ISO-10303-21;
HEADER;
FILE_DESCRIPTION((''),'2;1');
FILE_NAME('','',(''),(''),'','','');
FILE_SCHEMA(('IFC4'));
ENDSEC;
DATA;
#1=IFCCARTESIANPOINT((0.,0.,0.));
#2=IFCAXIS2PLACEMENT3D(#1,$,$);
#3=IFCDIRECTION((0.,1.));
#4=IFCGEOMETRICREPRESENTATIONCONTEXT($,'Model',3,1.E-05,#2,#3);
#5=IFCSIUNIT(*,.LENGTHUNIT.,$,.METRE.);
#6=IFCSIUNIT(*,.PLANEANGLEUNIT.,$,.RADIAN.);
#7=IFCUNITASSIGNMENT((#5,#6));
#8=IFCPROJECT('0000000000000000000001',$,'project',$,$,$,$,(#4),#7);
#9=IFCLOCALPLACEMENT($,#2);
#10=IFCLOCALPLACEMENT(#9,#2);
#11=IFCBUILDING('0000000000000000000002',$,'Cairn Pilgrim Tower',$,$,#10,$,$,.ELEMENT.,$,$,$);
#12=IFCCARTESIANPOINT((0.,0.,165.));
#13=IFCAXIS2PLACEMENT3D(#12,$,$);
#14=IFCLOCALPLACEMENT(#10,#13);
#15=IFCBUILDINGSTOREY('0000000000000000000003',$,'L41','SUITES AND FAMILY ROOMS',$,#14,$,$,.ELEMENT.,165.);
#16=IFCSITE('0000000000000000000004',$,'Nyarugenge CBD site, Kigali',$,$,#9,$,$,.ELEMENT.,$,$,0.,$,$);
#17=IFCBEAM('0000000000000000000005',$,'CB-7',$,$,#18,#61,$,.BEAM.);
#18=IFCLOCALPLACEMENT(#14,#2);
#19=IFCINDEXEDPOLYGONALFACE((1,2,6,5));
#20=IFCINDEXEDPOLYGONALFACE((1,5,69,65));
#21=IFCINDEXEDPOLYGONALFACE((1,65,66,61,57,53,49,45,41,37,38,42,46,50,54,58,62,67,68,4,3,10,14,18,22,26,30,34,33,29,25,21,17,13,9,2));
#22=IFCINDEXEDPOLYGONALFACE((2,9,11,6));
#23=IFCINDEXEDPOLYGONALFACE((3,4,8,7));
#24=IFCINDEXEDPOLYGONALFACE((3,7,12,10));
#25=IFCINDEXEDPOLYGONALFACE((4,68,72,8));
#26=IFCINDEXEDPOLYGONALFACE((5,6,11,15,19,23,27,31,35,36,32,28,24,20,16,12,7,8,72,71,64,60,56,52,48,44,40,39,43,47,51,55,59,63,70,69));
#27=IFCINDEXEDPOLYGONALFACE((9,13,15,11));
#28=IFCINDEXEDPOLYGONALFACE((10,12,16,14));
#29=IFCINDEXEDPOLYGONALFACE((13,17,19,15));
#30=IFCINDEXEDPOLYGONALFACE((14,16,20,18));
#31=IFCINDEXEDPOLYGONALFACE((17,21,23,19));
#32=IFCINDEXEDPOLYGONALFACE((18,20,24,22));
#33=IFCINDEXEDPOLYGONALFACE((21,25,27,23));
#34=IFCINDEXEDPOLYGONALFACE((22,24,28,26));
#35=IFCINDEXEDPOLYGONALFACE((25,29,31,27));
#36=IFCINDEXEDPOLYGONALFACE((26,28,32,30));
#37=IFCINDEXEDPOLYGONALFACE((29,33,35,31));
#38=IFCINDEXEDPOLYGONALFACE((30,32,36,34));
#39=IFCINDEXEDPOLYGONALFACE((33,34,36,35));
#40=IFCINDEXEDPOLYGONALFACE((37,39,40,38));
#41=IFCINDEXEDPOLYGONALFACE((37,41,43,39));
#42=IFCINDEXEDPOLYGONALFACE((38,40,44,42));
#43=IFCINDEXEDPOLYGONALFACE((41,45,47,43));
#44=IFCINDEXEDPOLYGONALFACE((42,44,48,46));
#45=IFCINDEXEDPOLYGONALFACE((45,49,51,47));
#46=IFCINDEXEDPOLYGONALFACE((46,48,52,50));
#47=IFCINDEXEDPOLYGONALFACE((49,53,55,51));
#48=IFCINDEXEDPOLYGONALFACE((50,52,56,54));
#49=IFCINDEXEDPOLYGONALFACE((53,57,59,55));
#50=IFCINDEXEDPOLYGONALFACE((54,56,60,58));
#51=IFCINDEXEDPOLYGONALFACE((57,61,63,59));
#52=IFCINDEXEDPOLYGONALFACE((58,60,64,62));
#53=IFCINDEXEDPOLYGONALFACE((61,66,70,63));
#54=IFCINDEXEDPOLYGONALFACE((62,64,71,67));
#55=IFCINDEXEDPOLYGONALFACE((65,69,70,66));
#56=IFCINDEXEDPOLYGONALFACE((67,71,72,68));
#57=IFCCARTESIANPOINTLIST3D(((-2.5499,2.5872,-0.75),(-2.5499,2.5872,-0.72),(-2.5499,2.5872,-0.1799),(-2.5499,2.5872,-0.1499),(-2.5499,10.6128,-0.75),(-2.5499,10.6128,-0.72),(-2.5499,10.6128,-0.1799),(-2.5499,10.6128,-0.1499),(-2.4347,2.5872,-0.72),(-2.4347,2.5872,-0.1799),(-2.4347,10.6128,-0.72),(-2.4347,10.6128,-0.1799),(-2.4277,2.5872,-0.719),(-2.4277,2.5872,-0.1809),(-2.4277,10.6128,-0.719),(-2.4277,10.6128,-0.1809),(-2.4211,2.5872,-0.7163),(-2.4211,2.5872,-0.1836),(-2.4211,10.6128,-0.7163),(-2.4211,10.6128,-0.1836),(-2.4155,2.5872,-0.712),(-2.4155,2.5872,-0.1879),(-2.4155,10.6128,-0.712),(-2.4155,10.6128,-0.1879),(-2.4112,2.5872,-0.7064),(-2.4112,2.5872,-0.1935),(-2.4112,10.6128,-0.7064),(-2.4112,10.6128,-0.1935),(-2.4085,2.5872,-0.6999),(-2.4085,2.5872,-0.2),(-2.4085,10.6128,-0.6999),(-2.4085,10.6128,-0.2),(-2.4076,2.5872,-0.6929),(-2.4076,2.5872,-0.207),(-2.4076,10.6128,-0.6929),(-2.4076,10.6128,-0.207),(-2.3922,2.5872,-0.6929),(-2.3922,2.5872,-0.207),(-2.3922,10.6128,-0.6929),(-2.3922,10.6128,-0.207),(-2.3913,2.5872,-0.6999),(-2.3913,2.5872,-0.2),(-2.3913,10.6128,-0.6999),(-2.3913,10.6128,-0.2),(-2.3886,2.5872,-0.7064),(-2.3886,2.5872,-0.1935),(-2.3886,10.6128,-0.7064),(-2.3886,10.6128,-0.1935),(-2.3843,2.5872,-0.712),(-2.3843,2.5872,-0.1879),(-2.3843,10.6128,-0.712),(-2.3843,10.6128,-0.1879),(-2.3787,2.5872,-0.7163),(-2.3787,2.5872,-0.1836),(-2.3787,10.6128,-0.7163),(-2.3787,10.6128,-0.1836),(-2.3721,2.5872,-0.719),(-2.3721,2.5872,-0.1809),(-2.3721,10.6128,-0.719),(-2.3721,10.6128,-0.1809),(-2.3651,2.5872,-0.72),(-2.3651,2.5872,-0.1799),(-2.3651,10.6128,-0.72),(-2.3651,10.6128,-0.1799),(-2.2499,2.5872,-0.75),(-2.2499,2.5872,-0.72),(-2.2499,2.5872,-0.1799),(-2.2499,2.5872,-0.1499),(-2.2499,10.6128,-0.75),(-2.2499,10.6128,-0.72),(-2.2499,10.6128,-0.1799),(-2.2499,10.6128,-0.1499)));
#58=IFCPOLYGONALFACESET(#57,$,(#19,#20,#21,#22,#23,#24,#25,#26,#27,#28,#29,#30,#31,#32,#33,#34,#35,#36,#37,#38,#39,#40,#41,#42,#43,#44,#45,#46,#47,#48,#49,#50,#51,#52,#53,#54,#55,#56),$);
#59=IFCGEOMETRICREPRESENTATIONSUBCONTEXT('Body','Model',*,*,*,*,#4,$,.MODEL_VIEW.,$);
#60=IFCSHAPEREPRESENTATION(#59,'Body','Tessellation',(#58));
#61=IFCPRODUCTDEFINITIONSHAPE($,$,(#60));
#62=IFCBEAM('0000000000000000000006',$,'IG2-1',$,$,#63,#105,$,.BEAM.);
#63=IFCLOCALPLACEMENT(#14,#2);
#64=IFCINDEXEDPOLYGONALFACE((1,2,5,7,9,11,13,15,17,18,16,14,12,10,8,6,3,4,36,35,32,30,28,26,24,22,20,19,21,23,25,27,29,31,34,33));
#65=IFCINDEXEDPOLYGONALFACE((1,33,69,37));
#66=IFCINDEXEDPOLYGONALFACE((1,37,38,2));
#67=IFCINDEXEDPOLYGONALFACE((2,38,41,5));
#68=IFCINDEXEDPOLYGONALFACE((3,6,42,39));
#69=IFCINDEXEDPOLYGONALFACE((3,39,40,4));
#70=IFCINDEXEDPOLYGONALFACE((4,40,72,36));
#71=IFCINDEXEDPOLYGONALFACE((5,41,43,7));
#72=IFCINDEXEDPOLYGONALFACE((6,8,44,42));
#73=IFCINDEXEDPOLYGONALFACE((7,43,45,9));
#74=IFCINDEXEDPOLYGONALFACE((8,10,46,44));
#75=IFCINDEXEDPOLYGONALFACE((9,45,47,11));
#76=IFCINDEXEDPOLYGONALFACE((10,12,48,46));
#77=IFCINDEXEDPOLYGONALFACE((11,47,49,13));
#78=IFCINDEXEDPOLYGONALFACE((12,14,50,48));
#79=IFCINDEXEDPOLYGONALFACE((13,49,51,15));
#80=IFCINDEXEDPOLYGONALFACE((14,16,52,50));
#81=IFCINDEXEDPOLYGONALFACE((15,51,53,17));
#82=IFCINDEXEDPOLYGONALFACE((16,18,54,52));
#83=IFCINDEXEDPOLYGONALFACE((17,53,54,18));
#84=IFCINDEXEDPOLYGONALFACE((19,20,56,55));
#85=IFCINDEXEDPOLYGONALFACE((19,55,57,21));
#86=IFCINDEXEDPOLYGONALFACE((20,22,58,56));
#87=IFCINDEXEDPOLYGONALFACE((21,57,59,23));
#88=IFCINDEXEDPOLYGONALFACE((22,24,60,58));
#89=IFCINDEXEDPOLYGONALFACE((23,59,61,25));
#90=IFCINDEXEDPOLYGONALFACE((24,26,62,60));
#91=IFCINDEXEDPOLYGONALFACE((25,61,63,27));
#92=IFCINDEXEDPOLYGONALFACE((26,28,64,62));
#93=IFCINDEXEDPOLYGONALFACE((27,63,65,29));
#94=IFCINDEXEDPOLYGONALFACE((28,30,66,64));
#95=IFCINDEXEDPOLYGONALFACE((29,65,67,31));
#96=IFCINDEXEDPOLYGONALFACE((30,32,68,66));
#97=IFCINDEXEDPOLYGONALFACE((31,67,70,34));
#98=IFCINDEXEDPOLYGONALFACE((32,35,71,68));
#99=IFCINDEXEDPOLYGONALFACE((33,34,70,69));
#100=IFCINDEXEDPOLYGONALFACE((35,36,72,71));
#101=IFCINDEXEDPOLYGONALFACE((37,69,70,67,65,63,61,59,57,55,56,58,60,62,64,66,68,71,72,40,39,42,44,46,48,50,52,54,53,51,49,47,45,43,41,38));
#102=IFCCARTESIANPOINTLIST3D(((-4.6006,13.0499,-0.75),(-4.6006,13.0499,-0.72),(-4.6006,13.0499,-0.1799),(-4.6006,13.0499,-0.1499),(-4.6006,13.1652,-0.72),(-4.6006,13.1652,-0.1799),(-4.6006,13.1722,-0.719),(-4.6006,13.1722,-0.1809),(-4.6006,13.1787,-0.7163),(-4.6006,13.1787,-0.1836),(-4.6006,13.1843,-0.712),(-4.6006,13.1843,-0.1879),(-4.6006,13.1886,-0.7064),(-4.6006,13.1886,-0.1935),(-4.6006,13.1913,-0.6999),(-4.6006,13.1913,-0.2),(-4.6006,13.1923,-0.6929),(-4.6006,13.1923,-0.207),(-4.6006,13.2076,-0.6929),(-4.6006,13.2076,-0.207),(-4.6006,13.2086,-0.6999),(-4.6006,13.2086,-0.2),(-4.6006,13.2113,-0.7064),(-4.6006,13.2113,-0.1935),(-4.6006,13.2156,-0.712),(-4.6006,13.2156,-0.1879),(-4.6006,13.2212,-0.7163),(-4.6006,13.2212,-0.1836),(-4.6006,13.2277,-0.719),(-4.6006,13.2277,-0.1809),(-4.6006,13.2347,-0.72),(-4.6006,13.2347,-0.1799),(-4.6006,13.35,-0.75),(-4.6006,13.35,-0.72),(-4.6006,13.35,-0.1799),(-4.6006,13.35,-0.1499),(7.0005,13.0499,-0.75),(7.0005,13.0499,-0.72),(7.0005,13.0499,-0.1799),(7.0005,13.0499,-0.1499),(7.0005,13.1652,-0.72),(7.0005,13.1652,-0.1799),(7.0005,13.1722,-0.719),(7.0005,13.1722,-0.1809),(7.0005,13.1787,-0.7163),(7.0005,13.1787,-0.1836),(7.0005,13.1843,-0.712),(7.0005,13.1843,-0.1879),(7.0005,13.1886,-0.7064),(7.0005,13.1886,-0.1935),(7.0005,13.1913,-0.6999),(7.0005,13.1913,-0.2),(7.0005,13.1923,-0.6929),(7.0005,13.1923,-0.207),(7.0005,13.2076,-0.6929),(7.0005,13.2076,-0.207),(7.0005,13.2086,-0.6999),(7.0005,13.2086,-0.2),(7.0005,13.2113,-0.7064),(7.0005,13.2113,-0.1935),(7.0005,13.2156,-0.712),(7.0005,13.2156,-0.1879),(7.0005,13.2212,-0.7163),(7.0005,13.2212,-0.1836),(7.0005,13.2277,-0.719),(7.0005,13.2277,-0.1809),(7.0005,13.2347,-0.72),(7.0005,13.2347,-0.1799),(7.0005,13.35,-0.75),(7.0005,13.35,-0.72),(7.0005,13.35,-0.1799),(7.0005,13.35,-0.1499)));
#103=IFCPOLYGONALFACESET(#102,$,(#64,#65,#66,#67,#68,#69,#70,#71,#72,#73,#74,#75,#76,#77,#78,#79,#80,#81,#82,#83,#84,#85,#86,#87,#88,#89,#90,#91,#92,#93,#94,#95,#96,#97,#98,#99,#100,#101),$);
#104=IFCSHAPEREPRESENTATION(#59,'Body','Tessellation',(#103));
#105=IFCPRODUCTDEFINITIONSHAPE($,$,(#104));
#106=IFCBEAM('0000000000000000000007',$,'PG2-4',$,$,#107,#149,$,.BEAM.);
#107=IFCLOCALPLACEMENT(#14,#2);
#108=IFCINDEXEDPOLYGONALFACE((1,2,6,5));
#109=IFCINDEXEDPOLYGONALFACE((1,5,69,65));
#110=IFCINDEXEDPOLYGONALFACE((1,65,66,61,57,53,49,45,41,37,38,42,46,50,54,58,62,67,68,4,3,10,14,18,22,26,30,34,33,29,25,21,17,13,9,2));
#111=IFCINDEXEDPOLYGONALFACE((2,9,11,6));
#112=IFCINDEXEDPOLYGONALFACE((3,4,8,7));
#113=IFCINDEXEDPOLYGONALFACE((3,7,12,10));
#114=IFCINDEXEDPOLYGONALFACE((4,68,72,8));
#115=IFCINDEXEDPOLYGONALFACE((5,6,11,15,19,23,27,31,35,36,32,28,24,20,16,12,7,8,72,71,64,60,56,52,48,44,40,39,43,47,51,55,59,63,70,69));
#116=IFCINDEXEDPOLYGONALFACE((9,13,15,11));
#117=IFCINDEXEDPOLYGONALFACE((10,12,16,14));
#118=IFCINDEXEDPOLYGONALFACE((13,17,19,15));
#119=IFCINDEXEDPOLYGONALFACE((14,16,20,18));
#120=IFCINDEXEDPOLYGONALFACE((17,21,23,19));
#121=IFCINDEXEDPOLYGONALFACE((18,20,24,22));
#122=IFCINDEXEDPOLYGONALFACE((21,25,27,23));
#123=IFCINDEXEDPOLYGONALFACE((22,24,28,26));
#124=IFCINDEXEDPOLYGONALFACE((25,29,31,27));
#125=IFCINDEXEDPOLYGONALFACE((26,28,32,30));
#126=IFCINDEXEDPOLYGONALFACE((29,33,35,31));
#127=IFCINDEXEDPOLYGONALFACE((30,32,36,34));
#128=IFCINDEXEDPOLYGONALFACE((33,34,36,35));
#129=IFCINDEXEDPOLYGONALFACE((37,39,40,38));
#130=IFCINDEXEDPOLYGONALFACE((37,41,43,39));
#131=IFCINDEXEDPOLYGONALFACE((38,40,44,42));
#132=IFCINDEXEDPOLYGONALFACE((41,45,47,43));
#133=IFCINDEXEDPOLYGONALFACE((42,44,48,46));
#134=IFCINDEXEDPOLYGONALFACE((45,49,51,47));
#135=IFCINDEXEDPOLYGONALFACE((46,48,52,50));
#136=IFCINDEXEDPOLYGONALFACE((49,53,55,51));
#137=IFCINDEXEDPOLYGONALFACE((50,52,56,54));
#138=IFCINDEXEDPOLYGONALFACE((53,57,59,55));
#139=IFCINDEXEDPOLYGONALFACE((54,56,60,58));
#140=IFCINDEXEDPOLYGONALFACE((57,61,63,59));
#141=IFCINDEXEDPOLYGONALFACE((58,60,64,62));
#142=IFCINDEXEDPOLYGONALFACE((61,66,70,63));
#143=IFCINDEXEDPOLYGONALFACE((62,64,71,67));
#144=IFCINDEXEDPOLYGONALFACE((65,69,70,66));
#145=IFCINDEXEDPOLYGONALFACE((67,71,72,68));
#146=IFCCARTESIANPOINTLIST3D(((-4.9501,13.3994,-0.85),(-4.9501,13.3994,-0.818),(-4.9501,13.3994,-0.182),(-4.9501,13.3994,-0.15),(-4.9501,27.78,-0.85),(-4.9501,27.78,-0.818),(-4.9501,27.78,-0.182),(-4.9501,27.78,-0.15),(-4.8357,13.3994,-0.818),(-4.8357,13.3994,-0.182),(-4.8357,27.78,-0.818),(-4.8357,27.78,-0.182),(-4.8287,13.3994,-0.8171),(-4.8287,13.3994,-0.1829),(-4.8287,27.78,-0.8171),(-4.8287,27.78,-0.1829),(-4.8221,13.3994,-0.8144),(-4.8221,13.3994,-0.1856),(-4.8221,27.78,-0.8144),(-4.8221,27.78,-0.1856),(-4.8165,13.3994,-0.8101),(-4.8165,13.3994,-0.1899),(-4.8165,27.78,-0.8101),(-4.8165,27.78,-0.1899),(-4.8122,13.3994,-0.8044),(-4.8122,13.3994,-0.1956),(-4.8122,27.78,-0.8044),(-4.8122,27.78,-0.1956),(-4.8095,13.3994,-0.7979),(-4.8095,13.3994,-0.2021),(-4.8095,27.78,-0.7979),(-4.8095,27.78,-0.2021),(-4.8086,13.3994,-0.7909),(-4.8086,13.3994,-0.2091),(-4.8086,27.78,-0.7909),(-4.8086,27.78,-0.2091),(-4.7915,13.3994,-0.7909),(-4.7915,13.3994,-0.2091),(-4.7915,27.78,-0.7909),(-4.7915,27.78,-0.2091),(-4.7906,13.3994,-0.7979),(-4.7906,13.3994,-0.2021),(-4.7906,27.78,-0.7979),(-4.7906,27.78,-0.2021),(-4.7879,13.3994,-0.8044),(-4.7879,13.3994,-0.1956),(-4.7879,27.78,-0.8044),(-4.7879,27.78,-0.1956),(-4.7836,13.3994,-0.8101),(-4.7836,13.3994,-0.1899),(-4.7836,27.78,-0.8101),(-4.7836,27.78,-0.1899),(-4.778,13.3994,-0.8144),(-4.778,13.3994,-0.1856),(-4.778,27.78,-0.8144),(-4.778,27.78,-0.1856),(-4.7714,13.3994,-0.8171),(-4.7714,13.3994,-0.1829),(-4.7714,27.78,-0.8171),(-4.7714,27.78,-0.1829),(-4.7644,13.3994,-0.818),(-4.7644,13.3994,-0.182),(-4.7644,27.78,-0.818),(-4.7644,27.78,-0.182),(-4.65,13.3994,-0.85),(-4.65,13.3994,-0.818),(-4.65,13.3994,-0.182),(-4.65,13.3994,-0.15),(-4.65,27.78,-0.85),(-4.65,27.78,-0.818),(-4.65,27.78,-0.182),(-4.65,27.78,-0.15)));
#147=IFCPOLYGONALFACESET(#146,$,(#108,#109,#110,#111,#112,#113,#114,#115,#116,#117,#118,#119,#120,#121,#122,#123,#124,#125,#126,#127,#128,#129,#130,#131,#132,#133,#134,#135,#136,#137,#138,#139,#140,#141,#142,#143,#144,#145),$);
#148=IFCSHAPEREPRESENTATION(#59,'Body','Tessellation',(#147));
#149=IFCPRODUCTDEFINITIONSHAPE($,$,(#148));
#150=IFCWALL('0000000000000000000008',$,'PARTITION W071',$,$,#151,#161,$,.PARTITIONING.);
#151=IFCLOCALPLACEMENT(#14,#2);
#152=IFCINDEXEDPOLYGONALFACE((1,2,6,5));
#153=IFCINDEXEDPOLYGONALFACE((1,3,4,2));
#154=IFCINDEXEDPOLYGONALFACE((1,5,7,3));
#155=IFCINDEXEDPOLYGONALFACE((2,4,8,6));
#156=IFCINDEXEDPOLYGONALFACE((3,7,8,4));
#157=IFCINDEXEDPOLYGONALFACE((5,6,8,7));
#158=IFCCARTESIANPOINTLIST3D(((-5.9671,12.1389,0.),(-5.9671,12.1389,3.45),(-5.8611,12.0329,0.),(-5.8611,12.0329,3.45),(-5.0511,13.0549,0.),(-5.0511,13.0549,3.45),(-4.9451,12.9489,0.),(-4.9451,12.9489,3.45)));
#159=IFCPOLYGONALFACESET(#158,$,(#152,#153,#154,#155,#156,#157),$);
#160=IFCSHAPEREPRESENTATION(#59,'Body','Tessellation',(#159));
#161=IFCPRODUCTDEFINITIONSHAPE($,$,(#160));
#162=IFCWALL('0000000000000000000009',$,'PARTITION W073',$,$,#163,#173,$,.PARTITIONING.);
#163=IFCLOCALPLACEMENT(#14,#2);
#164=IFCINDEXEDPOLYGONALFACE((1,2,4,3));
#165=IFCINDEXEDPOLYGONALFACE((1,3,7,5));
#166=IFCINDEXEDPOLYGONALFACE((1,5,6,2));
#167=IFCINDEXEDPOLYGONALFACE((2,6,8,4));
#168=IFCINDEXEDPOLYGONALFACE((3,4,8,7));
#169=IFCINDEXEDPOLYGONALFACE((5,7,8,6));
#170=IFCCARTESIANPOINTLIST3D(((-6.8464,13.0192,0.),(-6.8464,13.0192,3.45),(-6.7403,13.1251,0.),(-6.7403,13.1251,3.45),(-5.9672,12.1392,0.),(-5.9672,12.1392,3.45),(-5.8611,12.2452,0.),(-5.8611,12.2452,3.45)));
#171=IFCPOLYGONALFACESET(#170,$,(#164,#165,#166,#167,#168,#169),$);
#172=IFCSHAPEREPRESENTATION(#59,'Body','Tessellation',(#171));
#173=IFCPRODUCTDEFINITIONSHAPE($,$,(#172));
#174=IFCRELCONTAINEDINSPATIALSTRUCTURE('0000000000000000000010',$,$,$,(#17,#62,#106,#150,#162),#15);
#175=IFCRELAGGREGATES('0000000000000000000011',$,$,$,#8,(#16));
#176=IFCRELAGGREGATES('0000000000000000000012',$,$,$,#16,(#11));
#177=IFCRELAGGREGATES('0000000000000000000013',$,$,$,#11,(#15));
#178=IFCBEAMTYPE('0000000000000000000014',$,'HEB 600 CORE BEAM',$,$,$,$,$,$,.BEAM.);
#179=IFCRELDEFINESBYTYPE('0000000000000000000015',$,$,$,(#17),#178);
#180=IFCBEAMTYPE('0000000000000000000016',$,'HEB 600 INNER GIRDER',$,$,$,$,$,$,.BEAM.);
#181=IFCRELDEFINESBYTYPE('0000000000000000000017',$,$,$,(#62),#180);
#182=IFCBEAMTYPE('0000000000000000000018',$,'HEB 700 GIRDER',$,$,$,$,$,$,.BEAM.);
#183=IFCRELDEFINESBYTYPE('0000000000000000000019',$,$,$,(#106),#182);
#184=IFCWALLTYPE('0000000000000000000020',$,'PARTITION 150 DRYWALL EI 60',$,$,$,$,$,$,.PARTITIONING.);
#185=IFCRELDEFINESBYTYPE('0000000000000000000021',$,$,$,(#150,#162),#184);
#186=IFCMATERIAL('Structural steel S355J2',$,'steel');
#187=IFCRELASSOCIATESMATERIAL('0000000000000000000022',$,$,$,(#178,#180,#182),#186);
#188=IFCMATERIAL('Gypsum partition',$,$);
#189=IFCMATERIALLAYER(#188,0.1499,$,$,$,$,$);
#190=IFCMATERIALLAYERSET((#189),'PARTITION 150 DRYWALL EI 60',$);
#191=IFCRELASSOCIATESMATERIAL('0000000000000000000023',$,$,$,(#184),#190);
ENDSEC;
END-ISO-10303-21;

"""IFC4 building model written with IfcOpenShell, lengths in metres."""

from ifc_helpers import new_model, si_unit, direction, frame, frame_2d, origin, origin_2d, place, context, subcontext, project, spatial, rectangle, i_section, extrude, material, layer, layer_set, material_profile, profile_set, type_object, element, save


model = new_model("IFC4")

# Units and contexts
model_context = context("Model", 3, precision=1e-05, world=origin(), true_north=direction((0.0, 1.0)))
body_context = subcontext(model_context, "Body", "Model", "MODEL_VIEW")
ifc_project = project(units=[si_unit("LENGTHUNIT", "METRE"), si_unit("PLANEANGLEUNIT", "RADIAN")], contexts=[model_context])

# Site, building, storey
site_placement = place(None, origin())
site = spatial("IfcSite", under=ifc_project, at=site_placement, Name="Nyarugenge CBD site, Kigali", CompositionType="ELEMENT", RefElevation=0.0)
building_placement = place(site_placement, origin())
building = spatial("IfcBuilding", under=site, at=building_placement, Name="Cairn Pilgrim Tower", CompositionType="ELEMENT")
storey_placement = place(building_placement, frame((0.0, 0.0, 165.0)))
storey = spatial("IfcBuildingStorey", under=building, at=storey_placement, Name="L41", Description="SUITES AND FAMILY ROOMS", CompositionType="ELEMENT", Elevation=165.0)

# Shared definitions
ifc_material_1 = material(Name="Structural steel S355J2", Category="steel")

# Beams
ifc_material_profile_1 = material_profile(ifc_material_1, i_section(OverallWidth=0.3, OverallDepth=0.6001, WebThickness=0.0154, FlangeThickness=0.03, FilletRadius=0.0271, at=origin_2d()), Name="HEB 600")
ifc_profile_set_1 = profile_set([ifc_material_profile_1], Name="Structural steel S355J2")
beam_type_1 = type_object("IfcBeamType", Name="HEB 600 CORE BEAM", PredefinedType="BEAM", material=ifc_profile_set_1)
beam_1_placement = place(storey_placement, frame((-2.3999, 10.6128, -0.45), z_axis=(0.0, -1.0, 0.0), x_axis=(1.0, 0.0, 0.0)))
element("IfcBeam", 1, at=beam_1_placement, inside=storey, type_object=beam_type_1, Name="CB-7", PredefinedType="BEAM", context=body_context, shape_type="SweptSolid", body=[
    extrude(i_section(OverallWidth=0.3, OverallDepth=0.6001, WebThickness=0.0154, FlangeThickness=0.03, FilletRadius=0.0271, at=origin_2d()), origin(), (0.0, 0.0, 1.0), 8.0256),
])
ifc_material_profile_2 = material_profile(ifc_material_1, i_section(OverallWidth=0.3, OverallDepth=0.6001, WebThickness=0.0154, FlangeThickness=0.03, FilletRadius=0.0271, at=origin_2d()), Name="HEB 600")
ifc_profile_set_2 = profile_set([ifc_material_profile_2], Name="Structural steel S355J2")
beam_type_2 = type_object("IfcBeamType", Name="HEB 600 INNER GIRDER", PredefinedType="BEAM", material=ifc_profile_set_2)
beam_2_placement = place(storey_placement, frame((-4.6006, 13.2, -0.45), z_axis=(1.0, 0.0, 0.0), x_axis=(0.0, 1.0, 0.0)))
element("IfcBeam", 2, at=beam_2_placement, inside=storey, type_object=beam_type_2, Name="IG2-1", PredefinedType="BEAM", context=body_context, shape_type="SweptSolid", body=[
    extrude(i_section(OverallWidth=0.3, OverallDepth=0.6001, WebThickness=0.0154, FlangeThickness=0.03, FilletRadius=0.0271, at=origin_2d()), origin(), (0.0, 0.0, 1.0), 11.6011),
])
ifc_material_profile_3 = material_profile(ifc_material_1, i_section(OverallWidth=0.3, OverallDepth=0.7, WebThickness=0.0171, FlangeThickness=0.032, FilletRadius=0.0271, at=origin_2d()), Name="HEB 700")
ifc_profile_set_3 = profile_set([ifc_material_profile_3], Name="Structural steel S355J2")
beam_type_3 = type_object("IfcBeamType", Name="HEB 700 GIRDER", PredefinedType="BEAM", material=ifc_profile_set_3)
beam_3_placement = place(storey_placement, frame((-4.8, 13.3994, -0.5), z_axis=(0.0, 1.0, 0.0), x_axis=(-1.0, 0.0, 0.0)))
element("IfcBeam", 3, at=beam_3_placement, inside=storey, type_object=beam_type_3, Name="PG2-4", PredefinedType="BEAM", context=body_context, shape_type="SweptSolid", body=[
    extrude(i_section(OverallWidth=0.3, OverallDepth=0.7, WebThickness=0.0171, FlangeThickness=0.032, FilletRadius=0.0271, at=origin_2d()), origin(), (0.0, 0.0, 1.0), 14.3806),
])

# Walls
ifc_material_2 = material(Name="Gypsum partition")
ifc_layer_1 = layer(ifc_material_2, 0.1499)
ifc_layer_set_1 = layer_set([ifc_layer_1], Name="PARTITION 150 DRYWALL EI 60")
wall_type_1 = type_object("IfcWallType", Name="PARTITION 150 DRYWALL EI 60", PredefinedType="PARTITIONING", material=ifc_layer_set_1)
wall_1_placement = place(storey_placement, frame((-5.9141, 12.0859, 0.0), z_axis=(0.0, 0.0, 1.0), x_axis=(0.707107, 0.707107, 0.0)))
element("IfcWall", 4, at=wall_1_placement, inside=storey, type_object=wall_type_1, Name="PARTITION W071", PredefinedType="PARTITIONING", context=body_context, shape_type="SweptSolid", body=[
    extrude(rectangle(XDim=1.2954, YDim=0.1499, at=frame_2d((0.6477, 0.0))), origin(), (0.0, 0.0, 1.0), 3.45),
])
wall_2_placement = place(storey_placement, frame((-5.9141, 12.1921, 0.0), z_axis=(0.0, 0.0, 1.0), x_axis=(-0.706812, 0.707401, 0.0)))
element("IfcWall", 5, at=wall_2_placement, inside=storey, type_object=wall_type_1, Name="PARTITION W073", PredefinedType="PARTITIONING", context=body_context, shape_type="SweptSolid", body=[
    extrude(rectangle(XDim=1.2439, YDim=0.1499, at=frame_2d((0.6221, 0.0))), origin(), (0.0, 0.0, 1.0), 3.45),
])

save(model, "model.ifc")
